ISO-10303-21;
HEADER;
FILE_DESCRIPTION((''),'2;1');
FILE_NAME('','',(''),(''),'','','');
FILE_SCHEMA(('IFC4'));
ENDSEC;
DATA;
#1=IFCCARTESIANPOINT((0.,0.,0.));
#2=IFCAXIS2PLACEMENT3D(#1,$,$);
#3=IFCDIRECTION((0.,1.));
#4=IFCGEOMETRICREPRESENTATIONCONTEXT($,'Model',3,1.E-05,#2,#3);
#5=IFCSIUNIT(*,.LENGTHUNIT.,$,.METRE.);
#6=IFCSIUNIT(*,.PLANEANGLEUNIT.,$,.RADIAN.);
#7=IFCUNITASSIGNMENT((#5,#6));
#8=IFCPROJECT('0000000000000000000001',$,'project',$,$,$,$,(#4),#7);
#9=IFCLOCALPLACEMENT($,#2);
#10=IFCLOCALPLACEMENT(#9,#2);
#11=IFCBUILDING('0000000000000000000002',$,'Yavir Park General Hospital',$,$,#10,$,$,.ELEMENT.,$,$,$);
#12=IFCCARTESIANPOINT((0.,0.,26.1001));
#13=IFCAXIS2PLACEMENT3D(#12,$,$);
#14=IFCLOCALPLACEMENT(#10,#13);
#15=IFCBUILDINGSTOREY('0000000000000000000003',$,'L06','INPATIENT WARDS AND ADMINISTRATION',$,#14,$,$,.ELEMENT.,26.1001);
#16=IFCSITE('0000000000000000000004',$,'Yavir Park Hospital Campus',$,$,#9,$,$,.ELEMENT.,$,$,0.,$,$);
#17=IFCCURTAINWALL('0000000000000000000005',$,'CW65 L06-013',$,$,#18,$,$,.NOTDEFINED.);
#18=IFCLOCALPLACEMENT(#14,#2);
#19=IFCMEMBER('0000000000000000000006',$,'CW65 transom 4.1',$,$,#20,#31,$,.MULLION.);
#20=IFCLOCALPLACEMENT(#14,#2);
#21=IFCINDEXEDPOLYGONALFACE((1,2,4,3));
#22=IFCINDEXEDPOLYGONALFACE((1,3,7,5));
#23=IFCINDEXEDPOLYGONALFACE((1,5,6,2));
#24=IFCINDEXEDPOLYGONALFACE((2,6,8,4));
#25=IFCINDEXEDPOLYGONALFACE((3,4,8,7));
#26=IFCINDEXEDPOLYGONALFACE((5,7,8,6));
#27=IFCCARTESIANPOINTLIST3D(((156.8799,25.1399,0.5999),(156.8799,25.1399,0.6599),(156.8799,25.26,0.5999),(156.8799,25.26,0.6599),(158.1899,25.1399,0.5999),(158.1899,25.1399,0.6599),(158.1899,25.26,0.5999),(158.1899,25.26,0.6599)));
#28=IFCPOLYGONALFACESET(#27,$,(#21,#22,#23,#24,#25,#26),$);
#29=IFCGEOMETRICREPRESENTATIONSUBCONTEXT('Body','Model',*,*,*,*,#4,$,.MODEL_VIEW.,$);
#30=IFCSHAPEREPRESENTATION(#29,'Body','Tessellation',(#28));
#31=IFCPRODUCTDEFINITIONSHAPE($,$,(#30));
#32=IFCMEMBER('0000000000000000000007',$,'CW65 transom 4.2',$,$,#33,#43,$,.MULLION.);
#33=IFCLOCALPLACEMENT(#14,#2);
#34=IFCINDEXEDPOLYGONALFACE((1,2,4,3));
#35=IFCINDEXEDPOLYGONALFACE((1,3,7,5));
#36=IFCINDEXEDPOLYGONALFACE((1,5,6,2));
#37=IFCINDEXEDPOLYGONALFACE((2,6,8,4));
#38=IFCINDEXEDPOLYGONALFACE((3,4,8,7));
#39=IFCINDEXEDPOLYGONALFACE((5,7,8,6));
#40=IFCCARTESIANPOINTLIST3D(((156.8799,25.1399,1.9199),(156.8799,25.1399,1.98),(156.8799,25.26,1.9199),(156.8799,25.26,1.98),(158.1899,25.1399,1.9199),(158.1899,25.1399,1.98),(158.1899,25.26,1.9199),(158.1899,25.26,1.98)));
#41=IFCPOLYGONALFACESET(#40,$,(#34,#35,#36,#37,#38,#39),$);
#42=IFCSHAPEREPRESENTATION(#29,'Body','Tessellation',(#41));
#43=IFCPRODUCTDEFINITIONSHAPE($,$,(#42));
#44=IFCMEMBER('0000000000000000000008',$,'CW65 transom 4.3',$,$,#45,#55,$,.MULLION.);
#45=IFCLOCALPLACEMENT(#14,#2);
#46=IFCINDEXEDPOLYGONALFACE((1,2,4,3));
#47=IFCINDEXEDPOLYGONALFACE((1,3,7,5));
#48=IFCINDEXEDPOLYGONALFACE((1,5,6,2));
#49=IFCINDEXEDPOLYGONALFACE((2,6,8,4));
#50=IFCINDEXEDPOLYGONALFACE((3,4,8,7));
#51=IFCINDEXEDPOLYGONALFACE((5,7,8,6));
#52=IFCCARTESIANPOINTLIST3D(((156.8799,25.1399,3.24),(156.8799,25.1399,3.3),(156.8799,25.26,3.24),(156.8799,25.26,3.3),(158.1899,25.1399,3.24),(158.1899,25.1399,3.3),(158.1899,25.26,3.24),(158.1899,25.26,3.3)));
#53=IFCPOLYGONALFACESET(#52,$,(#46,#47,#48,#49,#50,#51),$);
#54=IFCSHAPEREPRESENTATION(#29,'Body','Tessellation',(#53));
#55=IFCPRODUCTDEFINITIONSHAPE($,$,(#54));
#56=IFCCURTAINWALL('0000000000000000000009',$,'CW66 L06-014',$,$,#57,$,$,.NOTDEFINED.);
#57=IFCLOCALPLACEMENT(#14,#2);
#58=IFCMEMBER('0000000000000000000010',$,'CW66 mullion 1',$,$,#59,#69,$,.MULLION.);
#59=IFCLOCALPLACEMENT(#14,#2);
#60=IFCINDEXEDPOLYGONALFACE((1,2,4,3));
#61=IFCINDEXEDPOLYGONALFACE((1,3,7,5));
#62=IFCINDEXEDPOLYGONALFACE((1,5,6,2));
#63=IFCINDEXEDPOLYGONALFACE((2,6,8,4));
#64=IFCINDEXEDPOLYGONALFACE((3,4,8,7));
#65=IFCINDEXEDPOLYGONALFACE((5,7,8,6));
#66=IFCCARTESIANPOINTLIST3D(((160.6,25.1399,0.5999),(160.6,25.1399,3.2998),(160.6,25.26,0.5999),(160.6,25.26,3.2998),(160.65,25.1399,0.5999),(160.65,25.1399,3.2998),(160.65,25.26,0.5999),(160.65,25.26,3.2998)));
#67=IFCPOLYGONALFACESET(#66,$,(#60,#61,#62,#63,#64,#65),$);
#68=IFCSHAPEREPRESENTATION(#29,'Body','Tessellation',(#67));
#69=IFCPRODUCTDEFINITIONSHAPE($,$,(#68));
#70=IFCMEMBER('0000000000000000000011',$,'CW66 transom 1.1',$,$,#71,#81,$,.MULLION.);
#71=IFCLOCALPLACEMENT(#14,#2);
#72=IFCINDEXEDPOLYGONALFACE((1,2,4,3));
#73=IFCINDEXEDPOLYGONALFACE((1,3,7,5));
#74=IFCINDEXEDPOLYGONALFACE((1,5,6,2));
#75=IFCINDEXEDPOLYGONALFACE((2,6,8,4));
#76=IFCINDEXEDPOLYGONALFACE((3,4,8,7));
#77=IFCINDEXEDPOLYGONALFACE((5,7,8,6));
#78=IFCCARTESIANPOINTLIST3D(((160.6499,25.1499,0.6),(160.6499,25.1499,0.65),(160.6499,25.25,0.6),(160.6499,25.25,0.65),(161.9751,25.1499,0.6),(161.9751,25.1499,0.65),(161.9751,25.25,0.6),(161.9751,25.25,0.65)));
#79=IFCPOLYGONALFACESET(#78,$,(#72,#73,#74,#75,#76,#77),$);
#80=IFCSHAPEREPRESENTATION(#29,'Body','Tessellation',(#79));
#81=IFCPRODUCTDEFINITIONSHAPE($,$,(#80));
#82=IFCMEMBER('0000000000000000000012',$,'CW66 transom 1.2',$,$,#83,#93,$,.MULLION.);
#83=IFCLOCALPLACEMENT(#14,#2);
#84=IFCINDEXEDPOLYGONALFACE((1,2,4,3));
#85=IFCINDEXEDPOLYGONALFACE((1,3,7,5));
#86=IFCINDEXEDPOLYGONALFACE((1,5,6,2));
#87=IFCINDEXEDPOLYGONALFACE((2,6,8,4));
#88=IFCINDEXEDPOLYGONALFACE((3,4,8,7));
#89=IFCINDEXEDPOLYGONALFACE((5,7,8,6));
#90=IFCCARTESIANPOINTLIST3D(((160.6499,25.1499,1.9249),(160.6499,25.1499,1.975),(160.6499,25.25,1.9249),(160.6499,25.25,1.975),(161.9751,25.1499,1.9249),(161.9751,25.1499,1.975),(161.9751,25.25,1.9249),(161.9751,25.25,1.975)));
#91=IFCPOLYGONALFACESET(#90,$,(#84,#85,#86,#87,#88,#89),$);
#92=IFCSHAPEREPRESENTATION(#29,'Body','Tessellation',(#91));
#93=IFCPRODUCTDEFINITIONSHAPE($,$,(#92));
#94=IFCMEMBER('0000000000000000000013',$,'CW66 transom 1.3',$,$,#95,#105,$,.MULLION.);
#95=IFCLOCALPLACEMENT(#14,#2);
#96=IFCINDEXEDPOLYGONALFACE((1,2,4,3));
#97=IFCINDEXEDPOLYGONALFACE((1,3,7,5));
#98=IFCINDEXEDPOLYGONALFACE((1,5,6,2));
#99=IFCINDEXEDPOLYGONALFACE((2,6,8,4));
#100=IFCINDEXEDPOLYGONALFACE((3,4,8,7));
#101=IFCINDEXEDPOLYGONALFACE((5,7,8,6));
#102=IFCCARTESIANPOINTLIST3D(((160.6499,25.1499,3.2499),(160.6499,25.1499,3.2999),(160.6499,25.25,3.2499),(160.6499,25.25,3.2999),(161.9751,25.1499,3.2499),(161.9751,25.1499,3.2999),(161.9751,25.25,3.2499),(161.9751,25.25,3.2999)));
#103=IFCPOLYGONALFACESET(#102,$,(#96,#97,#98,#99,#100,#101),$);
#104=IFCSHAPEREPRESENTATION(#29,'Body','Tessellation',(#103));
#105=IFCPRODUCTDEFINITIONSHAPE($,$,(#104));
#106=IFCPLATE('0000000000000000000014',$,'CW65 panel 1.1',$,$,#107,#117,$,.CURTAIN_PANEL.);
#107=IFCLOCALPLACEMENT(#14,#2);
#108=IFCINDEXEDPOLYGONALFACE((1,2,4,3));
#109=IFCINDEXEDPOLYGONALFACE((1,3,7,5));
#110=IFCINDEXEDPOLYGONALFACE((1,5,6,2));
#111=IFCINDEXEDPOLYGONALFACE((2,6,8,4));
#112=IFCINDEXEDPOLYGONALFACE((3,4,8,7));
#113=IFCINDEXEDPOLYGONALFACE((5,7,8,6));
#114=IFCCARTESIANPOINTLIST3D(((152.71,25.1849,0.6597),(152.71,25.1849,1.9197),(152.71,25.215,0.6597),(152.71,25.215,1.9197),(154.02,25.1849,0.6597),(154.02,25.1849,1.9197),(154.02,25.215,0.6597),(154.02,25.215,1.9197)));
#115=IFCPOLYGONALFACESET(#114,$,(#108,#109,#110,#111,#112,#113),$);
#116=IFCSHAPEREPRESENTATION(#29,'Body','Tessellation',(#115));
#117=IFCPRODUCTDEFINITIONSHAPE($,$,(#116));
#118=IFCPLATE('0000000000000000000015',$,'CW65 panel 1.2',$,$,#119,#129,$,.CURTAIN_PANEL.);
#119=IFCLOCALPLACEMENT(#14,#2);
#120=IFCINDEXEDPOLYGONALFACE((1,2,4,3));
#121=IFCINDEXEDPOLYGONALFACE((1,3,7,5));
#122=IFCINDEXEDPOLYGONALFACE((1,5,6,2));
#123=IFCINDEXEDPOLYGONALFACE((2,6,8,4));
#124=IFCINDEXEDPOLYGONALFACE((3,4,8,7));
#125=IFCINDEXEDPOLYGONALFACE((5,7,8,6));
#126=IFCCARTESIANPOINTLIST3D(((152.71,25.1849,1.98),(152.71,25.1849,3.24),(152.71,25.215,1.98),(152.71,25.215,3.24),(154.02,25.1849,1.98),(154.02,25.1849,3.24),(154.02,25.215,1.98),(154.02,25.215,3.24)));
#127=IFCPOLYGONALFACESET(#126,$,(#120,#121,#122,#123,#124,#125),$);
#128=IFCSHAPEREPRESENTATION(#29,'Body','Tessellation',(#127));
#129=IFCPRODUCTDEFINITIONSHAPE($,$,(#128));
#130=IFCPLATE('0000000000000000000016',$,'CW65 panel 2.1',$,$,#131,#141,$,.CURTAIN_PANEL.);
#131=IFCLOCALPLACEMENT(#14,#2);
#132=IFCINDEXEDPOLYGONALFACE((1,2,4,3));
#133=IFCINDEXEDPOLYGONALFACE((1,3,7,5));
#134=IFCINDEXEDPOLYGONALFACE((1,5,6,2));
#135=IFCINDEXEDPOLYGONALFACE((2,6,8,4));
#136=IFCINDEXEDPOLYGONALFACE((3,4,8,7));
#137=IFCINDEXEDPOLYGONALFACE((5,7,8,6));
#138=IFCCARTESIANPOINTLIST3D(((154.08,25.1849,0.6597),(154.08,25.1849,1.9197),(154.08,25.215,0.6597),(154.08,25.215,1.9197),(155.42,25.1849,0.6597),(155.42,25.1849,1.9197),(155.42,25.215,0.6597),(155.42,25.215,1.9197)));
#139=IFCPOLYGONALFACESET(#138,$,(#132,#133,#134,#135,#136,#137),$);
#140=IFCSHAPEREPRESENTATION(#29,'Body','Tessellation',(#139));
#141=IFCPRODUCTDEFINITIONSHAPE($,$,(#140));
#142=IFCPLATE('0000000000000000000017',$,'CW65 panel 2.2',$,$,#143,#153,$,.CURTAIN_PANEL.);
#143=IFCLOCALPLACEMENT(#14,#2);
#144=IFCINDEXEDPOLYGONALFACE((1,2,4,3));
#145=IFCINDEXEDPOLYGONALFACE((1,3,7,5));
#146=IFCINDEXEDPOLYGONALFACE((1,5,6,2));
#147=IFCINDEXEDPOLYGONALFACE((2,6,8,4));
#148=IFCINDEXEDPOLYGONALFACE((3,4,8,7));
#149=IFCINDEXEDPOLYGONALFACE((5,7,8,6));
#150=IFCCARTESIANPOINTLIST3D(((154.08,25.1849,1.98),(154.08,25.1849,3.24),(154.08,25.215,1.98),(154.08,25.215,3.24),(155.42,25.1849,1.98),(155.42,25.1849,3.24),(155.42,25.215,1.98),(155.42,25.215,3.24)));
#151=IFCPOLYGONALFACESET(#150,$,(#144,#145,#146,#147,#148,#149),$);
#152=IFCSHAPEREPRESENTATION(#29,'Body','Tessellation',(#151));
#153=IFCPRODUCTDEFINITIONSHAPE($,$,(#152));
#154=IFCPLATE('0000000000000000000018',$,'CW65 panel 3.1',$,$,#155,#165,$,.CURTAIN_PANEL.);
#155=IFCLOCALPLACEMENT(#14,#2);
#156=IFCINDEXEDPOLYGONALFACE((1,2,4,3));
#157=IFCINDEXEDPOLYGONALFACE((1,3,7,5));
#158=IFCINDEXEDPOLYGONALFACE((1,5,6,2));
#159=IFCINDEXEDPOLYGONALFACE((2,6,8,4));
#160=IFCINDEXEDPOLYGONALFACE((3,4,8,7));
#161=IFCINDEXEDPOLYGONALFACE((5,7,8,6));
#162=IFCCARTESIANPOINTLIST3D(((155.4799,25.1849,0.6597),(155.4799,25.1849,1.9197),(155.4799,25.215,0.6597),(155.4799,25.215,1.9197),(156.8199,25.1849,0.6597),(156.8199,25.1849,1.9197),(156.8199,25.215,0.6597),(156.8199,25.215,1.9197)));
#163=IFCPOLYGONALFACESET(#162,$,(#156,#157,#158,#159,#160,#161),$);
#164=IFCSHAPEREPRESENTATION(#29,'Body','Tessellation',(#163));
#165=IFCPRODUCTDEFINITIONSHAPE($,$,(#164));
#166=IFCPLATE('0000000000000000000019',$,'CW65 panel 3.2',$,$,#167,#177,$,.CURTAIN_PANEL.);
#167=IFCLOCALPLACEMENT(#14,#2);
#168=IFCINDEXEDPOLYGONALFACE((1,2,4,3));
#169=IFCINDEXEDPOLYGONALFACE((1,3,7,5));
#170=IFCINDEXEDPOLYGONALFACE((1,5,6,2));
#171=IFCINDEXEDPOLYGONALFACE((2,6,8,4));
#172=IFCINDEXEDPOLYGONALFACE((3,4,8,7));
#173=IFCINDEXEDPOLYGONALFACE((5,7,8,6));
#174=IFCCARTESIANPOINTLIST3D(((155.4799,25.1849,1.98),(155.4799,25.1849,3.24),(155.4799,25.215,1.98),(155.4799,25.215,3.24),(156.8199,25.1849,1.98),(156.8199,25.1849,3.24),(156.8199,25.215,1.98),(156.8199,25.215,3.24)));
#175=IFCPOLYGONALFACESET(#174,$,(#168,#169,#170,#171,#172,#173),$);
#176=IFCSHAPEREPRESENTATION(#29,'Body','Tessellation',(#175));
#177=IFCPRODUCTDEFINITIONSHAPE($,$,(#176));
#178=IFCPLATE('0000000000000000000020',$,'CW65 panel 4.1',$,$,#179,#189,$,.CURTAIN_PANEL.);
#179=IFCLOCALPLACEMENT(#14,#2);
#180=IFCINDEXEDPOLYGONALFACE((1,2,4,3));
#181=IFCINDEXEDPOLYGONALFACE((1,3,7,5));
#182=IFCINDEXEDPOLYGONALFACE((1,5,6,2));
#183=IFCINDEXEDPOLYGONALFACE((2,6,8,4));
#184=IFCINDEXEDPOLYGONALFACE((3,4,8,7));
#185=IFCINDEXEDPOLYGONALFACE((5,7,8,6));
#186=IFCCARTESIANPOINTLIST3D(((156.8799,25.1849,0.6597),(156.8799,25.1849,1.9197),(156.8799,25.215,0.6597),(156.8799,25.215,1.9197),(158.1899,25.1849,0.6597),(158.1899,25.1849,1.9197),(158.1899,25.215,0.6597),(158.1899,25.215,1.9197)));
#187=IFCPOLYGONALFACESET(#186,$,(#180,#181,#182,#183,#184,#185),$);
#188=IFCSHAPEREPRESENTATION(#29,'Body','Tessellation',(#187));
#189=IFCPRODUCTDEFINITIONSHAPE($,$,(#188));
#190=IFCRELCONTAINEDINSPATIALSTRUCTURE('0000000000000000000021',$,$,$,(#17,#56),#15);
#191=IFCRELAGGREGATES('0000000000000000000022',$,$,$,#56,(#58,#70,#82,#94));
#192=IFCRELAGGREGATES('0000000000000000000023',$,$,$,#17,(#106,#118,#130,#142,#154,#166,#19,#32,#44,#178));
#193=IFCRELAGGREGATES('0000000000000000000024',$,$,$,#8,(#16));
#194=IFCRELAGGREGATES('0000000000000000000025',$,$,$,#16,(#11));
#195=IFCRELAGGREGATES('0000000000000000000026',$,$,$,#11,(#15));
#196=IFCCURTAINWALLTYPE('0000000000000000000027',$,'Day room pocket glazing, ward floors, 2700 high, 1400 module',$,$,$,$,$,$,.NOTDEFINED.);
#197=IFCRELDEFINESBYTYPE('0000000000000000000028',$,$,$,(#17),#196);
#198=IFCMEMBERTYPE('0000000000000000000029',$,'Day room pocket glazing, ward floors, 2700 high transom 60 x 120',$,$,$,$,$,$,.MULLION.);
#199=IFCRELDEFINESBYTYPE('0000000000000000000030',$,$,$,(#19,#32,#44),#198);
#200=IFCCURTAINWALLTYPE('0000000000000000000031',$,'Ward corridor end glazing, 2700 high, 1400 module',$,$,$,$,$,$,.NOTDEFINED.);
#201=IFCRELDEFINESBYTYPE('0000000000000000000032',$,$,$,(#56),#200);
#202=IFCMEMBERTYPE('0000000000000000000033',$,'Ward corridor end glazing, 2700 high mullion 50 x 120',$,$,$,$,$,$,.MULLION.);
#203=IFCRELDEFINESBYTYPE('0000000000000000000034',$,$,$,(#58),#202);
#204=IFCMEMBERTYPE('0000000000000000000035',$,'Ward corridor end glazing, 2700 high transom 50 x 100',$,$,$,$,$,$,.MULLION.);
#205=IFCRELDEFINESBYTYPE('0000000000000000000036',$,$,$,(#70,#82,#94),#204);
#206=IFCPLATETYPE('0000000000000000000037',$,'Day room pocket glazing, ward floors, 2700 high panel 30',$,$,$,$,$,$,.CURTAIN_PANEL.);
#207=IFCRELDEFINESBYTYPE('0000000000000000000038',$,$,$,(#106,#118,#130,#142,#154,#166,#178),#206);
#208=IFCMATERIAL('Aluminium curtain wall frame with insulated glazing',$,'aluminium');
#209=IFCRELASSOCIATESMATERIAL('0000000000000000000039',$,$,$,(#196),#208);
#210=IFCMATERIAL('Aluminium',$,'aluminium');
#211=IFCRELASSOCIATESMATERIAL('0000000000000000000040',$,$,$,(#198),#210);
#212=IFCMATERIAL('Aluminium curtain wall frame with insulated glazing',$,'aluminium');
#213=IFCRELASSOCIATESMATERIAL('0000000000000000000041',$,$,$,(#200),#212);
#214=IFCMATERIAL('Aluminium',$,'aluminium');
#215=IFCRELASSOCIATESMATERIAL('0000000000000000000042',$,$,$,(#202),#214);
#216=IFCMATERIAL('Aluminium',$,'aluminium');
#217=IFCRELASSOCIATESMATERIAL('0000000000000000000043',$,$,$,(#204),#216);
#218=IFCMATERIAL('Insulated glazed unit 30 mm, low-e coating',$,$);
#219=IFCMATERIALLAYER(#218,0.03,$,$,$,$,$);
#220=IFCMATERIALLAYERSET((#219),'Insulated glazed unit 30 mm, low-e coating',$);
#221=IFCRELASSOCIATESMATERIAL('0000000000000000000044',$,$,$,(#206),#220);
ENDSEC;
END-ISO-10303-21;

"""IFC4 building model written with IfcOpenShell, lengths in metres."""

from ifc_helpers import new_model, si_unit, direction, frame, origin, origin_2d, place, context, subcontext, project, spatial, rectangle, extrude, material, layer, layer_set, material_profile, profile_set, type_object, element, aggregate, save


model = new_model("IFC4")

# Units and contexts
model_context = context("Model", 3, precision=1e-05, world=origin(), true_north=direction((0.0, 1.0)))
body_context = subcontext(model_context, "Body", "Model", "MODEL_VIEW")
ifc_project = project(units=[si_unit("LENGTHUNIT", "METRE"), si_unit("PLANEANGLEUNIT", "RADIAN")], contexts=[model_context])

# Site, building, storey
site_placement = place(None, origin())
site = spatial("IfcSite", under=ifc_project, at=site_placement, Name="Yavir Park Hospital Campus", CompositionType="ELEMENT", RefElevation=0.0)
building_placement = place(site_placement, origin())
building = spatial("IfcBuilding", under=site, at=building_placement, Name="Yavir Park General Hospital", CompositionType="ELEMENT")
storey_placement = place(building_placement, frame((0.0, 0.0, 26.1001)))
storey = spatial("IfcBuildingStorey", under=building, at=storey_placement, Name="L06", Description="INPATIENT WARDS AND ADMINISTRATION", CompositionType="ELEMENT", Elevation=26.1001)

# Curtain walls, members
ifc_material_1 = material(Name="Aluminium curtain wall frame with insulated glazing", Category="aluminium")
curtain_wall_type_1 = type_object("IfcCurtainWallType", Name="Day room pocket glazing, ward floors, 2700 high, 1400 module", PredefinedType="NOTDEFINED", material=ifc_material_1)
curtain_wall_1_placement = place(storey_placement, origin())
curtain_wall_1 = element("IfcCurtainWall", 1, at=curtain_wall_1_placement, inside=storey, type_object=curtain_wall_type_1, Name="CW65 L06-013", PredefinedType="NOTDEFINED")
ifc_material_2 = material(Name="Aluminium", Category="aluminium")
ifc_material_profile_1 = material_profile(ifc_material_2, rectangle(XDim=0.1201, YDim=0.0601, at=origin_2d()), Name="AL 120x60")
ifc_profile_set_1 = profile_set([ifc_material_profile_1], Name="Aluminium")
member_type_1 = type_object("IfcMemberType", Name="Day room pocket glazing, ward floors, 2700 high transom 60 x 120", PredefinedType="MULLION", material=ifc_profile_set_1)
member_1_placement = place(storey_placement, frame((156.8799, 25.2, 0.6299), z_axis=(1.0, 0.0, 0.0), x_axis=(0.0, 1.0, 0.0)))
member_1 = element("IfcMember", 2, at=member_1_placement, type_object=member_type_1, Name="CW65 transom 4.1", PredefinedType="MULLION", context=body_context, shape_type="SweptSolid", body=[
    extrude(rectangle(XDim=0.1201, YDim=0.0601, at=origin_2d()), origin(), (0.0, 0.0, 1.0), 1.3101),
])
member_2_placement = place(storey_placement, frame((156.8799, 25.2, 1.95), z_axis=(1.0, 0.0, 0.0), x_axis=(0.0, 1.0, 0.0)))
member_2 = element("IfcMember", 3, at=member_2_placement, type_object=member_type_1, Name="CW65 transom 4.2", PredefinedType="MULLION", context=body_context, shape_type="SweptSolid", body=[
    extrude(rectangle(XDim=0.1201, YDim=0.0601, at=origin_2d()), origin(), (0.0, 0.0, 1.0), 1.3101),
])
member_3_placement = place(storey_placement, frame((156.8799, 25.2, 3.27), z_axis=(1.0, 0.0, 0.0), x_axis=(0.0, 1.0, 0.0)))
member_3 = element("IfcMember", 4, at=member_3_placement, type_object=member_type_1, Name="CW65 transom 4.3", PredefinedType="MULLION", context=body_context, shape_type="SweptSolid", body=[
    extrude(rectangle(XDim=0.1201, YDim=0.0601, at=origin_2d()), origin(), (0.0, 0.0, 1.0), 1.3101),
])
ifc_material_3 = material(Name="Aluminium curtain wall frame with insulated glazing", Category="aluminium")
curtain_wall_type_2 = type_object("IfcCurtainWallType", Name="Ward corridor end glazing, 2700 high, 1400 module", PredefinedType="NOTDEFINED", material=ifc_material_3)
curtain_wall_2_placement = place(storey_placement, origin())
curtain_wall_2 = element("IfcCurtainWall", 5, at=curtain_wall_2_placement, inside=storey, type_object=curtain_wall_type_2, Name="CW66 L06-014", PredefinedType="NOTDEFINED")
ifc_material_4 = material(Name="Aluminium", Category="aluminium")
ifc_material_profile_2 = material_profile(ifc_material_4, rectangle(XDim=0.1201, YDim=0.05, at=origin_2d()), Name="AL 50x120")
ifc_profile_set_2 = profile_set([ifc_material_profile_2], Name="Aluminium")
member_type_2 = type_object("IfcMemberType", Name="Ward corridor end glazing, 2700 high mullion 50 x 120", PredefinedType="MULLION", material=ifc_profile_set_2)
member_4_placement = place(storey_placement, frame((160.625, 25.2, 0.5999), z_axis=(0.0, 0.0, 1.0), x_axis=(0.0, 1.0, 0.0)))
member_4 = element("IfcMember", 6, at=member_4_placement, type_object=member_type_2, Name="CW66 mullion 1", PredefinedType="MULLION", context=body_context, shape_type="SweptSolid", body=[
    extrude(rectangle(XDim=0.1201, YDim=0.05, at=origin_2d()), origin(), (0.0, 0.0, 1.0), 2.7),
])
ifc_material_5 = material(Name="Aluminium", Category="aluminium")
ifc_material_profile_3 = material_profile(ifc_material_5, rectangle(XDim=0.1001, YDim=0.05, at=origin_2d()), Name="AL 100x50")
ifc_profile_set_3 = profile_set([ifc_material_profile_3], Name="Aluminium")
member_type_3 = type_object("IfcMemberType", Name="Ward corridor end glazing, 2700 high transom 50 x 100", PredefinedType="MULLION", material=ifc_profile_set_3)
member_5_placement = place(storey_placement, frame((160.6499, 25.2, 0.625), z_axis=(1.0, 0.0, 0.0), x_axis=(0.0, 1.0, 0.0)))
member_5 = element("IfcMember", 7, at=member_5_placement, type_object=member_type_3, Name="CW66 transom 1.1", PredefinedType="MULLION", context=body_context, shape_type="SweptSolid", body=[
    extrude(rectangle(XDim=0.1001, YDim=0.05, at=origin_2d()), origin(), (0.0, 0.0, 1.0), 1.3252),
])
member_6_placement = place(storey_placement, frame((160.6499, 25.2, 1.95), z_axis=(1.0, 0.0, 0.0), x_axis=(0.0, 1.0, 0.0)))
member_6 = element("IfcMember", 8, at=member_6_placement, type_object=member_type_3, Name="CW66 transom 1.2", PredefinedType="MULLION", context=body_context, shape_type="SweptSolid", body=[
    extrude(rectangle(XDim=0.1001, YDim=0.05, at=origin_2d()), origin(), (0.0, 0.0, 1.0), 1.3252),
])
member_7_placement = place(storey_placement, frame((160.6499, 25.2, 3.2749), z_axis=(1.0, 0.0, 0.0), x_axis=(0.0, 1.0, 0.0)))
member_7 = element("IfcMember", 9, at=member_7_placement, type_object=member_type_3, Name="CW66 transom 1.3", PredefinedType="MULLION", context=body_context, shape_type="SweptSolid", body=[
    extrude(rectangle(XDim=0.1001, YDim=0.05, at=origin_2d()), origin(), (0.0, 0.0, 1.0), 1.3252),
])
aggregate(curtain_wall_2, [member_4, member_5, member_6, member_7])

# Plates
ifc_material_6 = material(Name="Insulated glazed unit 30 mm, low-e coating")
ifc_layer_1 = layer(ifc_material_6, 0.03)
ifc_layer_set_1 = layer_set([ifc_layer_1], Name="Insulated glazed unit 30 mm, low-e coating")
plate_type = type_object("IfcPlateType", Name="Day room pocket glazing, ward floors, 2700 high panel 30", PredefinedType="CURTAIN_PANEL", material=ifc_layer_set_1)
plate_1_placement = place(storey_placement, frame((153.365, 25.2, 0.6597), z_axis=(0.0, 0.0, 1.0), x_axis=(1.0, 0.0, 0.0)))
plate_1 = element("IfcPlate", 10, at=plate_1_placement, type_object=plate_type, Name="CW65 panel 1.1", PredefinedType="CURTAIN_PANEL", context=body_context, shape_type="SweptSolid", body=[
    extrude(rectangle(XDim=1.3101, YDim=0.03, at=origin_2d()), origin(), (0.0, 0.0, 1.0), 1.26),
])
plate_2_placement = place(storey_placement, frame((153.365, 25.2, 1.98), z_axis=(0.0, 0.0, 1.0), x_axis=(1.0, 0.0, 0.0)))
plate_2 = element("IfcPlate", 11, at=plate_2_placement, type_object=plate_type, Name="CW65 panel 1.2", PredefinedType="CURTAIN_PANEL", context=body_context, shape_type="SweptSolid", body=[
    extrude(rectangle(XDim=1.3101, YDim=0.03, at=origin_2d()), origin(), (0.0, 0.0, 1.0), 1.26),
])
plate_3_placement = place(storey_placement, frame((154.75, 25.2, 0.6597), z_axis=(0.0, 0.0, 1.0), x_axis=(1.0, 0.0, 0.0)))
plate_3 = element("IfcPlate", 12, at=plate_3_placement, type_object=plate_type, Name="CW65 panel 2.1", PredefinedType="CURTAIN_PANEL", context=body_context, shape_type="SweptSolid", body=[
    extrude(rectangle(XDim=1.3401, YDim=0.03, at=origin_2d()), origin(), (0.0, 0.0, 1.0), 1.26),
])
plate_4_placement = place(storey_placement, frame((154.75, 25.2, 1.98), z_axis=(0.0, 0.0, 1.0), x_axis=(1.0, 0.0, 0.0)))
plate_4 = element("IfcPlate", 13, at=plate_4_placement, type_object=plate_type, Name="CW65 panel 2.2", PredefinedType="CURTAIN_PANEL", context=body_context, shape_type="SweptSolid", body=[
    extrude(rectangle(XDim=1.3401, YDim=0.03, at=origin_2d()), origin(), (0.0, 0.0, 1.0), 1.26),
])
plate_5_placement = place(storey_placement, frame((156.1499, 25.2, 0.6597), z_axis=(0.0, 0.0, 1.0), x_axis=(1.0, 0.0, 0.0)))
plate_5 = element("IfcPlate", 14, at=plate_5_placement, type_object=plate_type, Name="CW65 panel 3.1", PredefinedType="CURTAIN_PANEL", context=body_context, shape_type="SweptSolid", body=[
    extrude(rectangle(XDim=1.3401, YDim=0.03, at=origin_2d()), origin(), (0.0, 0.0, 1.0), 1.26),
])
plate_6_placement = place(storey_placement, frame((156.1499, 25.2, 1.98), z_axis=(0.0, 0.0, 1.0), x_axis=(1.0, 0.0, 0.0)))
plate_6 = element("IfcPlate", 15, at=plate_6_placement, type_object=plate_type, Name="CW65 panel 3.2", PredefinedType="CURTAIN_PANEL", context=body_context, shape_type="SweptSolid", body=[
    extrude(rectangle(XDim=1.3401, YDim=0.03, at=origin_2d()), origin(), (0.0, 0.0, 1.0), 1.26),
])
plate_7_placement = place(storey_placement, frame((157.5349, 25.2, 0.6597), z_axis=(0.0, 0.0, 1.0), x_axis=(1.0, 0.0, 0.0)))
plate_7 = element("IfcPlate", 16, at=plate_7_placement, type_object=plate_type, Name="CW65 panel 4.1", PredefinedType="CURTAIN_PANEL", context=body_context, shape_type="SweptSolid", body=[
    extrude(rectangle(XDim=1.3101, YDim=0.03, at=origin_2d()), origin(), (0.0, 0.0, 1.0), 1.26),
])
aggregate(curtain_wall_1, [plate_1, plate_2, plate_3, plate_4, plate_5, plate_6, member_1, member_2, member_3, plate_7])

save(model, "model.ifc")
